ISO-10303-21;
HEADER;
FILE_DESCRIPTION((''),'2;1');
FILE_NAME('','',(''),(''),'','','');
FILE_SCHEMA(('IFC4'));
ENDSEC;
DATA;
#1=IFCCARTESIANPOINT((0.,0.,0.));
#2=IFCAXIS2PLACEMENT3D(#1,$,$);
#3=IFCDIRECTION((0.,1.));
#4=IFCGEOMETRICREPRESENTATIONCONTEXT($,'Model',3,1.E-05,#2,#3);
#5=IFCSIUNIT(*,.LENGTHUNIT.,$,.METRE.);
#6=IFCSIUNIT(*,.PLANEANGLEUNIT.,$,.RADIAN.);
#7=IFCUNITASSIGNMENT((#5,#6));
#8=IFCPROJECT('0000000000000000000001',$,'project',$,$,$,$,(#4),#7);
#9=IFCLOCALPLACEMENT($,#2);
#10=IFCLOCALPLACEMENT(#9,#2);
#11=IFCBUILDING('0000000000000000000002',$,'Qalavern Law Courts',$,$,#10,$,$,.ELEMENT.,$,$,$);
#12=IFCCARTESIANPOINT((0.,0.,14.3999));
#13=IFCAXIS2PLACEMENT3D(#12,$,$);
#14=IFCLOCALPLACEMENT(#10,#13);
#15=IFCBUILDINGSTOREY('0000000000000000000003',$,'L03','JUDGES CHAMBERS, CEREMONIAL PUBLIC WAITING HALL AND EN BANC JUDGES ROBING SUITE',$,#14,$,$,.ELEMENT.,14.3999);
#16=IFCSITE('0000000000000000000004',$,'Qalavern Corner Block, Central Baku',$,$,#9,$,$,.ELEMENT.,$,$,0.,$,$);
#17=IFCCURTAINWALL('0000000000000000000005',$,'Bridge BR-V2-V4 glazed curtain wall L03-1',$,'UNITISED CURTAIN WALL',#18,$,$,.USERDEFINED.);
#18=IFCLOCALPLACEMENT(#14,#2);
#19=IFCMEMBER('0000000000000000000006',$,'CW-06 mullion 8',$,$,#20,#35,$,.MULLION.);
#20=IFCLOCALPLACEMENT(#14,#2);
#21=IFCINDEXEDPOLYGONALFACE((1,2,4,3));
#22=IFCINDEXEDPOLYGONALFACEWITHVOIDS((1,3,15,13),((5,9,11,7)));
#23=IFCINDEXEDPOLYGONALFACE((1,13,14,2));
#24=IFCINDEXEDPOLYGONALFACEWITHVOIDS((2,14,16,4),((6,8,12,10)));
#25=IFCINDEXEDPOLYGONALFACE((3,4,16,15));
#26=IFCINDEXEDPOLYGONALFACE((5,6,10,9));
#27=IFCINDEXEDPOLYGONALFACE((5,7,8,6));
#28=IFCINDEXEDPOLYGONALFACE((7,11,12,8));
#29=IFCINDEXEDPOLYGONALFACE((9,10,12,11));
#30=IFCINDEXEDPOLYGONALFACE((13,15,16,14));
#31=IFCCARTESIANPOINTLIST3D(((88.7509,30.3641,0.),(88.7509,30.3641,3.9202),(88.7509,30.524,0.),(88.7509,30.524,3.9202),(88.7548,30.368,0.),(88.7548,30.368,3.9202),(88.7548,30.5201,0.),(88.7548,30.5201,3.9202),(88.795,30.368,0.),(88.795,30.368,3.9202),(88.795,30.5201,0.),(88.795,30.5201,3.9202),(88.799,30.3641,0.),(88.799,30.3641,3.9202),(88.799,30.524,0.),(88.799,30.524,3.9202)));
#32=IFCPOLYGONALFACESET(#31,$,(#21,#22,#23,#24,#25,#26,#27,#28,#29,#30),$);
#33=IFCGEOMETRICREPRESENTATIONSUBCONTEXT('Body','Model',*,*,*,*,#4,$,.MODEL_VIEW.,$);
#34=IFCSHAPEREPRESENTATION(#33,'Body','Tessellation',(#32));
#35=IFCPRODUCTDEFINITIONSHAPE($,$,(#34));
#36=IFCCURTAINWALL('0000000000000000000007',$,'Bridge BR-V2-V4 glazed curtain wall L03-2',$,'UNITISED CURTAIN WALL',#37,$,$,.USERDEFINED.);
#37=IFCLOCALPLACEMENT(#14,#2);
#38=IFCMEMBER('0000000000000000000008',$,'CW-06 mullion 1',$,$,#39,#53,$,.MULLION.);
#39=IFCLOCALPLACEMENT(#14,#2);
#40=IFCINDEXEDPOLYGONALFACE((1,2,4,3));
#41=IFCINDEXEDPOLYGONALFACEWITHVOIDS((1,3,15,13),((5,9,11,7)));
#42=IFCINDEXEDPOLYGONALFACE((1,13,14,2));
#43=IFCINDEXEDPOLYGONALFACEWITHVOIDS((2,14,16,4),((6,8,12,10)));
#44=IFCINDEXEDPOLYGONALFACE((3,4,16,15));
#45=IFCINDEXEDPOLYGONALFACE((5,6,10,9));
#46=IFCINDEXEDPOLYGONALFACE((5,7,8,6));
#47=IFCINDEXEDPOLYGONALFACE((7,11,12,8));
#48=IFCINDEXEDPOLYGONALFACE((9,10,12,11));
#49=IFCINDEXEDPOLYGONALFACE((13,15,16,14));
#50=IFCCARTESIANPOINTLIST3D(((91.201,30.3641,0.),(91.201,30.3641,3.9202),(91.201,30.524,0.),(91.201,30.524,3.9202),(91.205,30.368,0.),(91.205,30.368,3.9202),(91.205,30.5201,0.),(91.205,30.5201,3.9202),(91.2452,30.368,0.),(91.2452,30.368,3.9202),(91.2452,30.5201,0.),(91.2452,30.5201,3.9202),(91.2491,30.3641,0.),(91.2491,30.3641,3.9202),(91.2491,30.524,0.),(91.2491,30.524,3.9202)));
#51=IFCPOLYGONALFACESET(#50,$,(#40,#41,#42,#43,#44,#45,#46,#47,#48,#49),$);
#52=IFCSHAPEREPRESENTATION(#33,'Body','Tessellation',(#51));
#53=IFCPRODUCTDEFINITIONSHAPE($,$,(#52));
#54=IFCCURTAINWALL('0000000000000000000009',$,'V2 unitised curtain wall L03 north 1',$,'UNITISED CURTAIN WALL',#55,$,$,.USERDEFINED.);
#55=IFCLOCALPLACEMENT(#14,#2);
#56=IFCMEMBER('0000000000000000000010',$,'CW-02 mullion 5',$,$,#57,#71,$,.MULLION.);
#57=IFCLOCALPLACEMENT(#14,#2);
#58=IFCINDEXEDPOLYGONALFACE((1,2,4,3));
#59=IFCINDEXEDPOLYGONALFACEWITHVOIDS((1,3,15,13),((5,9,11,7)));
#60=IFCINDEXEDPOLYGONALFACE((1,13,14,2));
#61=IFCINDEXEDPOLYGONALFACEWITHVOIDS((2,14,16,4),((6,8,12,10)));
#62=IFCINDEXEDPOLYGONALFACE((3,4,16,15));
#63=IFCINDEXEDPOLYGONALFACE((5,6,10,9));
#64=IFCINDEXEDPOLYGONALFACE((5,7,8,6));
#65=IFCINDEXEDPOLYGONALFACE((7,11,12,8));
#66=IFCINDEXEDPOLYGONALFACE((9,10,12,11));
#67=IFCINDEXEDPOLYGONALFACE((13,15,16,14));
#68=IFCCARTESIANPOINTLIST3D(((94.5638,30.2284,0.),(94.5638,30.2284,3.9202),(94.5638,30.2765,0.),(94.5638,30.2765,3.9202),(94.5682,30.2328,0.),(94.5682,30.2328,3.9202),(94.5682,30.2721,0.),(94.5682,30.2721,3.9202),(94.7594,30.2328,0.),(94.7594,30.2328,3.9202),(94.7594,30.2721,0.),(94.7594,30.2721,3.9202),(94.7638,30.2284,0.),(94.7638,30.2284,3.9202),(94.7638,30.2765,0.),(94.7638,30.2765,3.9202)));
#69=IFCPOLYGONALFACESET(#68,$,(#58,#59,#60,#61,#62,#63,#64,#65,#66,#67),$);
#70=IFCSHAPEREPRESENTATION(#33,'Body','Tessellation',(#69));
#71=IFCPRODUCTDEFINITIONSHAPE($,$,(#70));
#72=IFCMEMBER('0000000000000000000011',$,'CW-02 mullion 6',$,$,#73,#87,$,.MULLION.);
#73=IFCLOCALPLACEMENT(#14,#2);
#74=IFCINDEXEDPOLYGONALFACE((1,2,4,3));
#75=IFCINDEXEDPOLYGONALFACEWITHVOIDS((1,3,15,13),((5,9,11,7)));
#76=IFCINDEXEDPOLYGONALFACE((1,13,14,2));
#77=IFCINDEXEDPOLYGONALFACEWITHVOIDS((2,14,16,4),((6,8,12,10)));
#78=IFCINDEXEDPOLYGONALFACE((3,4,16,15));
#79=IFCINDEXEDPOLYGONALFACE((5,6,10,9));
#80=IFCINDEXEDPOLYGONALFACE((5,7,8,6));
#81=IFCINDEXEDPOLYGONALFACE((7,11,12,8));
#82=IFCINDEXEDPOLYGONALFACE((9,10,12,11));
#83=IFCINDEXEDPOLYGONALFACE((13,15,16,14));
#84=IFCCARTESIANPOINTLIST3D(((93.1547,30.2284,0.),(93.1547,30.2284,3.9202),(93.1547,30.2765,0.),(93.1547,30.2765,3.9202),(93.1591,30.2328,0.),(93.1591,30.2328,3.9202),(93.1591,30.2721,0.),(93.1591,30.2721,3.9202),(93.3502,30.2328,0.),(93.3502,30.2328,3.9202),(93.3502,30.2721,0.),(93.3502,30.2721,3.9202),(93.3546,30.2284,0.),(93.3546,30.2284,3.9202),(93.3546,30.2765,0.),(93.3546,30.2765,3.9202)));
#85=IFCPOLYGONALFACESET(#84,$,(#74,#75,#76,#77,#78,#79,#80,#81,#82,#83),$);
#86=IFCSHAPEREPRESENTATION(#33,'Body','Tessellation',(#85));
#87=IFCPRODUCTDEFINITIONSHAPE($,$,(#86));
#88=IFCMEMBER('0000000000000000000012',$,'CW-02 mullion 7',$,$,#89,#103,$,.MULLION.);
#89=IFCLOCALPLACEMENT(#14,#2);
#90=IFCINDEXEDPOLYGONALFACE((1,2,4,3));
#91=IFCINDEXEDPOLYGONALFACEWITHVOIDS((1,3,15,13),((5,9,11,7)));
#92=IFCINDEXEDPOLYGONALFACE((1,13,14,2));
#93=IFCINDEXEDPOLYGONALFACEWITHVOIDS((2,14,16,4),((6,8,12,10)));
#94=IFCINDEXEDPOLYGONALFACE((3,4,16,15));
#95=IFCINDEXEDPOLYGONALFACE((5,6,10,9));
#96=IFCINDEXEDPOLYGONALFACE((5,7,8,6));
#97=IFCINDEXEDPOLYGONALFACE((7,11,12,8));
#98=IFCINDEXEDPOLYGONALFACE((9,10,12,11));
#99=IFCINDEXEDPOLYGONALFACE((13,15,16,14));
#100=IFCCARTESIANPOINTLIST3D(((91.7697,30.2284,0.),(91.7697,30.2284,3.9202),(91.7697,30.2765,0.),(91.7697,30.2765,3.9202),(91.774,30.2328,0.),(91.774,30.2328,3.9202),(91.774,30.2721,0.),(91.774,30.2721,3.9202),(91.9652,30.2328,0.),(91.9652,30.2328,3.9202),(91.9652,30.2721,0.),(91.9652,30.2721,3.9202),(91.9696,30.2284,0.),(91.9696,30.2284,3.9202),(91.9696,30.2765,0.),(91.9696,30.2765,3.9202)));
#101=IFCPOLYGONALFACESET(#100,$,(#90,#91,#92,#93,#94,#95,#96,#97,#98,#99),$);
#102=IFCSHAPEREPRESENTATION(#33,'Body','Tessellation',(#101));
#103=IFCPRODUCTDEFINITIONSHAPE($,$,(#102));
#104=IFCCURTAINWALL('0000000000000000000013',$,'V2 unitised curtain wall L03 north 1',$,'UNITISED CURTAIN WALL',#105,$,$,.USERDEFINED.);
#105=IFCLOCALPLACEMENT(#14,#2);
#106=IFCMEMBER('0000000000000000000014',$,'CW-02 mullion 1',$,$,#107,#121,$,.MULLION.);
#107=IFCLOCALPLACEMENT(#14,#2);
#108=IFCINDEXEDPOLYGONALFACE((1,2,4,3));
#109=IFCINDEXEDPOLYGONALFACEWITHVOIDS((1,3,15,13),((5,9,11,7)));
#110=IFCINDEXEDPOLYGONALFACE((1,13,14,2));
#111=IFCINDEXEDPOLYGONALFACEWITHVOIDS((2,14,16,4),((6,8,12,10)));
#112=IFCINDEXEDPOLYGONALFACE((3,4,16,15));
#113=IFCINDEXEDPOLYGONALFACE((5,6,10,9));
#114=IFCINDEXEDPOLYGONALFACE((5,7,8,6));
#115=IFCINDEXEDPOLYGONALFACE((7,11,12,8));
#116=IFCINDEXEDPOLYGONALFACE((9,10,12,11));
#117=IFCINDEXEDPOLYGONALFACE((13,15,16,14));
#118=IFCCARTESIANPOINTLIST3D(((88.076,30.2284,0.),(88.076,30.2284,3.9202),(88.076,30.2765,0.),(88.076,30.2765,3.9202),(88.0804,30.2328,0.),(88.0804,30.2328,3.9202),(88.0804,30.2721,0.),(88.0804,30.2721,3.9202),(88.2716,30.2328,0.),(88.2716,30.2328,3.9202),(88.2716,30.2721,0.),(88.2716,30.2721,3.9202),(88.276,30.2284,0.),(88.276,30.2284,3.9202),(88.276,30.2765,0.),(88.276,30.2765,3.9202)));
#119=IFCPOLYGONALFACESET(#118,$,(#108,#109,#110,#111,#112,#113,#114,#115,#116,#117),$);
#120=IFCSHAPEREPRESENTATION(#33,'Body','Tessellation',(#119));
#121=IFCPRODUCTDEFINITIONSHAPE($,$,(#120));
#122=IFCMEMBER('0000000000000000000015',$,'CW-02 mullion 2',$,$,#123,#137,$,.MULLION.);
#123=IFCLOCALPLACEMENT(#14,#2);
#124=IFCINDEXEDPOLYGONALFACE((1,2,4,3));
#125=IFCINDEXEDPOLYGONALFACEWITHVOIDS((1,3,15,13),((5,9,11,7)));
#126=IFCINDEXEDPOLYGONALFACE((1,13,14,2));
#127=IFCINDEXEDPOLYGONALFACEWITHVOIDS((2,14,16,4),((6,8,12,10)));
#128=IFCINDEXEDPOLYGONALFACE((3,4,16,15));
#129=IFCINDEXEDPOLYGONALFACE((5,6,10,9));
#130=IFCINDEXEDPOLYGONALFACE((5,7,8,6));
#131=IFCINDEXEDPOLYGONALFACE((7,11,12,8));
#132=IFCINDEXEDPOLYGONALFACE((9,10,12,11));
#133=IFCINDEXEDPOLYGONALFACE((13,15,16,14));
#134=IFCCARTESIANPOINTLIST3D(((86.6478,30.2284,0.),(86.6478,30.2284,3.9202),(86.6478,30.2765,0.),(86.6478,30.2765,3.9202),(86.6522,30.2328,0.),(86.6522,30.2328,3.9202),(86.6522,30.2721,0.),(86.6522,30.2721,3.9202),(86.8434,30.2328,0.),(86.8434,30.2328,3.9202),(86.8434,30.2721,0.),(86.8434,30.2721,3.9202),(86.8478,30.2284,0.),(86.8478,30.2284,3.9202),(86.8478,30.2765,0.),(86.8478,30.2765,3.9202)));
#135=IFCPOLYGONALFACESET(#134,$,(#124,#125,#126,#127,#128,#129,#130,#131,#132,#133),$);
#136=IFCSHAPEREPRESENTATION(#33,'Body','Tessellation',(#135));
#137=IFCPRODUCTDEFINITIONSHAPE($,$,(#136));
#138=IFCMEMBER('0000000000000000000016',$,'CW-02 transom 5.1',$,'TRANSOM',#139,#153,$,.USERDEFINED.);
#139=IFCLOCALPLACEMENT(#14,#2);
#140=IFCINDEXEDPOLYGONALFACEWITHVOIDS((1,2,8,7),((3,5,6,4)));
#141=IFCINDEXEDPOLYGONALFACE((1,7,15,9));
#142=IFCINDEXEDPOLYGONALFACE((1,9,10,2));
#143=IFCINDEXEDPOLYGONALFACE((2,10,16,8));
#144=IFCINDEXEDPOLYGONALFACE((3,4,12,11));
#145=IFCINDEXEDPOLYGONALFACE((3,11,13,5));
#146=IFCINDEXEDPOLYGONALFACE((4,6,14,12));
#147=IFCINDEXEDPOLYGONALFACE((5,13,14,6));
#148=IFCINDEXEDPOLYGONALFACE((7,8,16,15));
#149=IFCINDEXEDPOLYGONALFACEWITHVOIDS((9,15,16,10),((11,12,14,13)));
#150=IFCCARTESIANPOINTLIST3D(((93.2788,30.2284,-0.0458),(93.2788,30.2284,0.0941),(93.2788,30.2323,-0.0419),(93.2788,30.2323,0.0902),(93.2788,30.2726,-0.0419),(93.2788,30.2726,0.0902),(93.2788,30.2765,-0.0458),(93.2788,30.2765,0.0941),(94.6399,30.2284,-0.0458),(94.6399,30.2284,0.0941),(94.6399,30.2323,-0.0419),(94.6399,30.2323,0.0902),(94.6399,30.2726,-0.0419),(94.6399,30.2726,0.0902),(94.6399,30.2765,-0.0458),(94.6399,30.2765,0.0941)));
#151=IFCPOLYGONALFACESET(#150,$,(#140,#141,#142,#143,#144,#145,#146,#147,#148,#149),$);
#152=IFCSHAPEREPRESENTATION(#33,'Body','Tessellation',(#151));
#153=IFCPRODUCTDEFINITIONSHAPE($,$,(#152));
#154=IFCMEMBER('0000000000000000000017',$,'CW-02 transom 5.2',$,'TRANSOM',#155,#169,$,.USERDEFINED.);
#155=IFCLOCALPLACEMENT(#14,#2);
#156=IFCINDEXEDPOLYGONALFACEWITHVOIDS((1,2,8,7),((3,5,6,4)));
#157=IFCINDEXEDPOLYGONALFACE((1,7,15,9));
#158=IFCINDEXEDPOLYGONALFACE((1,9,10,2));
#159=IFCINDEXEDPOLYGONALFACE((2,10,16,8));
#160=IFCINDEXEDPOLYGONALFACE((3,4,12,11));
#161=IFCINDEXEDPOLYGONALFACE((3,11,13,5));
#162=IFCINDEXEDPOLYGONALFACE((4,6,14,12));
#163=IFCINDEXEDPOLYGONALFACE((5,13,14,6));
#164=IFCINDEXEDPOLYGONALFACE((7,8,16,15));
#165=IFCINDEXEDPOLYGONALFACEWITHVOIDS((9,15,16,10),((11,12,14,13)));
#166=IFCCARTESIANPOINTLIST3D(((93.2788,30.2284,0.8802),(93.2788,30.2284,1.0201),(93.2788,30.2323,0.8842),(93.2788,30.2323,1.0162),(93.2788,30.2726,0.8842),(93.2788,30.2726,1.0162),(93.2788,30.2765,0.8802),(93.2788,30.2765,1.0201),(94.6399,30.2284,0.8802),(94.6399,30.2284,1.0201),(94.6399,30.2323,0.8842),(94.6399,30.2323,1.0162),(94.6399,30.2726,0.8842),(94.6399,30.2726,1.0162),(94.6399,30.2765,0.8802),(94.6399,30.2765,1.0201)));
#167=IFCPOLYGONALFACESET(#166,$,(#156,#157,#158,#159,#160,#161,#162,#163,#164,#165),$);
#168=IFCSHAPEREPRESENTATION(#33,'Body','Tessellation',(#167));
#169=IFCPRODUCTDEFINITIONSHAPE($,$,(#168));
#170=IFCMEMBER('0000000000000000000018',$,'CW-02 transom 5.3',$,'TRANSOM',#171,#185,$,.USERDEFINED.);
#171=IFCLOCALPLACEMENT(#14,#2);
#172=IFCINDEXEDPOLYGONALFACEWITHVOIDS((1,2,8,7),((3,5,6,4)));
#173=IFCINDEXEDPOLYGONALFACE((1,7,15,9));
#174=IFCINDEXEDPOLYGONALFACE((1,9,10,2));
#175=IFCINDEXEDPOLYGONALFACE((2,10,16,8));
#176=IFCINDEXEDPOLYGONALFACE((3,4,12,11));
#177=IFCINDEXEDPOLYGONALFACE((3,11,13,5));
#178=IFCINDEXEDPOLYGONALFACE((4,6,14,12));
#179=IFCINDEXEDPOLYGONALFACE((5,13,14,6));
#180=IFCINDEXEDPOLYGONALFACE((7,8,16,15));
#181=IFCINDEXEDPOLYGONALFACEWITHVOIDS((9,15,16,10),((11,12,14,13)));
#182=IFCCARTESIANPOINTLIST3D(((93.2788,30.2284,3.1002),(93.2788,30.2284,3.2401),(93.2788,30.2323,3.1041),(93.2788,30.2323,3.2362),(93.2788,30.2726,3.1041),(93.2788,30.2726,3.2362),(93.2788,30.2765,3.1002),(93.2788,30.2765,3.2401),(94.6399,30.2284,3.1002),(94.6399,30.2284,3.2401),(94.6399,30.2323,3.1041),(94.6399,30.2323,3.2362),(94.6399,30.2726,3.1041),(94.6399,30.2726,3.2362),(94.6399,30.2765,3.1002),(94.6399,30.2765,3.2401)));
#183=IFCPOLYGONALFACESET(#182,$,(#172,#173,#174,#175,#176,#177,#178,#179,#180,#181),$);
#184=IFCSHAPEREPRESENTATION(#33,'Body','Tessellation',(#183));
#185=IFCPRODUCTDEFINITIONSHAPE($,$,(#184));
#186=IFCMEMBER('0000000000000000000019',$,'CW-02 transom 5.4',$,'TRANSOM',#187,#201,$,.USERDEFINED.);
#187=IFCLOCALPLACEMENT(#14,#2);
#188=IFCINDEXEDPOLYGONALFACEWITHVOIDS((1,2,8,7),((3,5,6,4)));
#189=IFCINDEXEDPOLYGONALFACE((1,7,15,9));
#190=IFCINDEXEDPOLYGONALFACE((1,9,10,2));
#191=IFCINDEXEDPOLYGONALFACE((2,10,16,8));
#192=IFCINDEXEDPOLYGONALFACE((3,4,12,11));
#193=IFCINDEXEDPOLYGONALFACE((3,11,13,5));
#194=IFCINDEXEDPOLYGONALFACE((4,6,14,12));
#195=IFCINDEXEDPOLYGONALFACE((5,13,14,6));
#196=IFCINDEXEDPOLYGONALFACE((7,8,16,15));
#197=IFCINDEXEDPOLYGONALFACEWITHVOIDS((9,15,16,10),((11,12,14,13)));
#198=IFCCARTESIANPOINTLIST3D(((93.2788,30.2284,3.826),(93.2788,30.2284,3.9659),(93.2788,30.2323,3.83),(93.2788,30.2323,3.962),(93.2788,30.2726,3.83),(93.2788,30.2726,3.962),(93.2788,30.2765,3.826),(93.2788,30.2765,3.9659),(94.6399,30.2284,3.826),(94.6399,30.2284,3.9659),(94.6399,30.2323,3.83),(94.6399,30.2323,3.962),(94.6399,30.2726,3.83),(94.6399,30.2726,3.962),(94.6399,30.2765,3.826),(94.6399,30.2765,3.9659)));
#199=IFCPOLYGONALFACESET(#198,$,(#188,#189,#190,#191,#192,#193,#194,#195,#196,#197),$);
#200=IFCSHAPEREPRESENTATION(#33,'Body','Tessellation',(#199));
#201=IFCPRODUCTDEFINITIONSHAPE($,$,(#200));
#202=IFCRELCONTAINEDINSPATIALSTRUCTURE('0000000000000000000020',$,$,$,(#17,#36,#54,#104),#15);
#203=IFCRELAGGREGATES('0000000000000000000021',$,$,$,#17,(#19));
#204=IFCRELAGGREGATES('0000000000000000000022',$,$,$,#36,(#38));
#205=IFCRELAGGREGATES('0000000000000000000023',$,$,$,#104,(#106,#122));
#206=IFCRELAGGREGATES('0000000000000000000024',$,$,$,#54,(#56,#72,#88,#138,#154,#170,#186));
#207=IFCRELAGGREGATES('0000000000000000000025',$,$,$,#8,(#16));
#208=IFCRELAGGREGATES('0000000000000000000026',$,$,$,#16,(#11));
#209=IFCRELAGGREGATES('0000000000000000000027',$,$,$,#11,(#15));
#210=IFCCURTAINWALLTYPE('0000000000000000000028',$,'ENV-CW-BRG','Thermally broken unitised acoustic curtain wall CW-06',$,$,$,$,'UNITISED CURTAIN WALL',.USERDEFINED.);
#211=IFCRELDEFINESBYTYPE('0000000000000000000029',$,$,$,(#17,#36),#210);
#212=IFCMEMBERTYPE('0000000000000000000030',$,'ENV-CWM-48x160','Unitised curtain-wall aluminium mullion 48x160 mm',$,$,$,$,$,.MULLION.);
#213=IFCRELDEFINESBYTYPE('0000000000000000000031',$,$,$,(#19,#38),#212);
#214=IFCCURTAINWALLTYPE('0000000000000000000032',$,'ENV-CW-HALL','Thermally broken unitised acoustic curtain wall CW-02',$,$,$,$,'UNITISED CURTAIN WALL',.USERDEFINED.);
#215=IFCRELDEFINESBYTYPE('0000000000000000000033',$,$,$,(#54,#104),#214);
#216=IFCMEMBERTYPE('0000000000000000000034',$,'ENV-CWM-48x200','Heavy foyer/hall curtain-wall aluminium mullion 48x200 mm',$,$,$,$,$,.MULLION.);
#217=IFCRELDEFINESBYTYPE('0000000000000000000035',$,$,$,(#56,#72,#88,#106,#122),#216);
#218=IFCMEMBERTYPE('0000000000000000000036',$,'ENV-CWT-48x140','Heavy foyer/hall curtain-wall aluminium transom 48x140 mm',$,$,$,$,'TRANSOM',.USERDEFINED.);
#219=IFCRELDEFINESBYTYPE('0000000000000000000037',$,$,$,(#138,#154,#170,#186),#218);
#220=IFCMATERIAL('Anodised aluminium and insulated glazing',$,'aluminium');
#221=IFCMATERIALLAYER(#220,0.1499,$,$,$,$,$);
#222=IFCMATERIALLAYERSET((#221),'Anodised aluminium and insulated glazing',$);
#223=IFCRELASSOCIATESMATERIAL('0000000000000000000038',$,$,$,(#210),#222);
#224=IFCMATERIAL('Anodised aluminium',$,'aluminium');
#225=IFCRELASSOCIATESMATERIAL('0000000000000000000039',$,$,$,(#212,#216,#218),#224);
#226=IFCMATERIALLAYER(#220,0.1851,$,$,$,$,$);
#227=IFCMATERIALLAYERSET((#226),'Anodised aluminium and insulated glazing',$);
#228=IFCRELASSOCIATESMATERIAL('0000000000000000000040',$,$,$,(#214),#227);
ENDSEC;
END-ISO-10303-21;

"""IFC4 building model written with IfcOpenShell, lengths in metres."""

from ifc_helpers import new_model, si_unit, direction, frame, origin, origin_2d, place, context, subcontext, project, spatial, hollow_rectangle, extrude, material, layer, layer_set, material_profile, profile_set, type_object, element, aggregate, save


model = new_model("IFC4")

# Units and contexts
model_context = context("Model", 3, precision=1e-05, world=origin(), true_north=direction((0.0, 1.0)))
body_context = subcontext(model_context, "Body", "Model", "MODEL_VIEW")
ifc_project = project(units=[si_unit("LENGTHUNIT", "METRE"), si_unit("PLANEANGLEUNIT", "RADIAN")], contexts=[model_context])

# Site, building, storey
site_placement = place(None, origin())
site = spatial("IfcSite", under=ifc_project, at=site_placement, Name="Qalavern Corner Block, Central Baku", CompositionType="ELEMENT", RefElevation=0.0)
building_placement = place(site_placement, origin())
building = spatial("IfcBuilding", under=site, at=building_placement, Name="Qalavern Law Courts", CompositionType="ELEMENT")
storey_placement = place(building_placement, frame((0.0, 0.0, 14.3999)))
storey = spatial("IfcBuildingStorey", under=building, at=storey_placement, Name="L03", Description="JUDGES CHAMBERS, CEREMONIAL PUBLIC WAITING HALL AND EN BANC JUDGES ROBING SUITE", CompositionType="ELEMENT", Elevation=14.3999)

# Curtain walls, members
ifc_material_1 = material(Name="Anodised aluminium and insulated glazing", Category="aluminium")
ifc_layer_1 = layer(ifc_material_1, 0.1499)
ifc_layer_set_1 = layer_set([ifc_layer_1], Name="Anodised aluminium and insulated glazing")
curtain_wall_type_1 = type_object("IfcCurtainWallType", Name="ENV-CW-BRG", Description="Thermally broken unitised acoustic curtain wall CW-06", ElementType="UNITISED CURTAIN WALL", PredefinedType="USERDEFINED", material=ifc_layer_set_1)
curtain_wall_1_placement = place(storey_placement, origin())
curtain_wall_1 = element("IfcCurtainWall", 1, at=curtain_wall_1_placement, inside=storey, type_object=curtain_wall_type_1, Name="Bridge BR-V2-V4 glazed curtain wall L03-1", ObjectType="UNITISED CURTAIN WALL", PredefinedType="USERDEFINED")
ifc_material_2 = material(Name="Anodised aluminium", Category="aluminium")
ifc_material_profile_1 = material_profile(ifc_material_2, hollow_rectangle(XDim=0.0481, YDim=0.1599, WallThickness=0.0039, at=origin_2d()), Name="ALU MULLION 48x160")
ifc_profile_set_1 = profile_set([ifc_material_profile_1], Name="Anodised aluminium")
member_type_1 = type_object("IfcMemberType", Name="ENV-CWM-48x160", Description="Unitised curtain-wall aluminium mullion 48x160 mm", PredefinedType="MULLION", material=ifc_profile_set_1)
member_1_placement = place(storey_placement, frame((88.7749, 30.4441, 0.0), z_axis=(0.0, 0.0, 1.0), x_axis=(1.0, 0.0, 0.0)))
member_1 = element("IfcMember", 2, at=member_1_placement, type_object=member_type_1, Name="CW-06 mullion 8", PredefinedType="MULLION", context=body_context, shape_type="SweptSolid", body=[
    extrude(hollow_rectangle(XDim=0.0481, YDim=0.1599, WallThickness=0.0039, at=origin_2d()), origin(), (0.0, 0.0, 1.0), 3.9202),
])
aggregate(curtain_wall_1, [member_1])
curtain_wall_2_placement = place(storey_placement, origin())
curtain_wall_2 = element("IfcCurtainWall", 3, at=curtain_wall_2_placement, inside=storey, type_object=curtain_wall_type_1, Name="Bridge BR-V2-V4 glazed curtain wall L03-2", ObjectType="UNITISED CURTAIN WALL", PredefinedType="USERDEFINED")
member_2_placement = place(storey_placement, frame((91.2251, 30.4441, 0.0), z_axis=(0.0, 0.0, 1.0), x_axis=(-1.0, 0.0, 0.0)))
member_2 = element("IfcMember", 4, at=member_2_placement, type_object=member_type_1, Name="CW-06 mullion 1", PredefinedType="MULLION", context=body_context, shape_type="SweptSolid", body=[
    extrude(hollow_rectangle(XDim=0.0481, YDim=0.1599, WallThickness=0.0039, at=origin_2d()), origin(), (0.0, 0.0, 1.0), 3.9202),
])
aggregate(curtain_wall_2, [member_2])

# Curtain walls, members
ifc_layer_2 = layer(ifc_material_1, 0.1851)
ifc_layer_set_2 = layer_set([ifc_layer_2], Name="Anodised aluminium and insulated glazing")
curtain_wall_type_2 = type_object("IfcCurtainWallType", Name="ENV-CW-HALL", Description="Thermally broken unitised acoustic curtain wall CW-02", ElementType="UNITISED CURTAIN WALL", PredefinedType="USERDEFINED", material=ifc_layer_set_2)
curtain_wall_3_placement = place(storey_placement, origin())
curtain_wall_3 = element("IfcCurtainWall", 5, at=curtain_wall_3_placement, inside=storey, type_object=curtain_wall_type_2, Name="V2 unitised curtain wall L03 north 1", ObjectType="UNITISED CURTAIN WALL", PredefinedType="USERDEFINED")
ifc_material_profile_2 = material_profile(ifc_material_2, hollow_rectangle(XDim=0.0481, YDim=0.2, WallThickness=0.0044, at=origin_2d()), Name="ALU MULLION 48x200")
ifc_profile_set_2 = profile_set([ifc_material_profile_2], Name="Anodised aluminium")
member_type_2 = type_object("IfcMemberType", Name="ENV-CWM-48x200", Description="Heavy foyer/hall curtain-wall aluminium mullion 48x200 mm", PredefinedType="MULLION", material=ifc_profile_set_2)
member_3_placement = place(storey_placement, frame((94.6638, 30.2524, 0.0), z_axis=(0.0, 0.0, 1.0), x_axis=(0.0, -1.0, 0.0)))
member_3 = element("IfcMember", 6, at=member_3_placement, type_object=member_type_2, Name="CW-02 mullion 5", PredefinedType="MULLION", context=body_context, shape_type="SweptSolid", body=[
    extrude(hollow_rectangle(XDim=0.0481, YDim=0.2, WallThickness=0.0044, at=origin_2d()), origin(), (0.0, 0.0, 1.0), 3.9202),
])
member_4_placement = place(storey_placement, frame((93.2546, 30.2524, 0.0), z_axis=(0.0, 0.0, 1.0), x_axis=(0.0, -1.0, 0.0)))
member_4 = element("IfcMember", 7, at=member_4_placement, type_object=member_type_2, Name="CW-02 mullion 6", PredefinedType="MULLION", context=body_context, shape_type="SweptSolid", body=[
    extrude(hollow_rectangle(XDim=0.0481, YDim=0.2, WallThickness=0.0044, at=origin_2d()), origin(), (0.0, 0.0, 1.0), 3.9202),
])
member_5_placement = place(storey_placement, frame((91.8696, 30.2524, 0.0), z_axis=(0.0, 0.0, 1.0), x_axis=(0.0, -1.0, 0.0)))
member_5 = element("IfcMember", 8, at=member_5_placement, type_object=member_type_2, Name="CW-02 mullion 7", PredefinedType="MULLION", context=body_context, shape_type="SweptSolid", body=[
    extrude(hollow_rectangle(XDim=0.0481, YDim=0.2, WallThickness=0.0044, at=origin_2d()), origin(), (0.0, 0.0, 1.0), 3.9202),
])
curtain_wall_4_placement = place(storey_placement, origin())
curtain_wall_4 = element("IfcCurtainWall", 9, at=curtain_wall_4_placement, inside=storey, type_object=curtain_wall_type_2, Name="V2 unitised curtain wall L03 north 1", ObjectType="UNITISED CURTAIN WALL", PredefinedType="USERDEFINED")
member_6_placement = place(storey_placement, frame((88.176, 30.2524, 0.0), z_axis=(0.0, 0.0, 1.0), x_axis=(0.0, -1.0, 0.0)))
member_6 = element("IfcMember", 10, at=member_6_placement, type_object=member_type_2, Name="CW-02 mullion 1", PredefinedType="MULLION", context=body_context, shape_type="SweptSolid", body=[
    extrude(hollow_rectangle(XDim=0.0481, YDim=0.2, WallThickness=0.0044, at=origin_2d()), origin(), (0.0, 0.0, 1.0), 3.9202),
])
member_7_placement = place(storey_placement, frame((86.7478, 30.2524, 0.0), z_axis=(0.0, 0.0, 1.0), x_axis=(0.0, -1.0, 0.0)))
member_7 = element("IfcMember", 11, at=member_7_placement, type_object=member_type_2, Name="CW-02 mullion 2", PredefinedType="MULLION", context=body_context, shape_type="SweptSolid", body=[
    extrude(hollow_rectangle(XDim=0.0481, YDim=0.2, WallThickness=0.0044, at=origin_2d()), origin(), (0.0, 0.0, 1.0), 3.9202),
])

# Members
ifc_material_profile_3 = material_profile(ifc_material_2, hollow_rectangle(XDim=0.0481, YDim=0.1399, WallThickness=0.0039, at=origin_2d()), Name="ALU TRANSOM 48x140")
ifc_profile_set_3 = profile_set([ifc_material_profile_3], Name="Anodised aluminium")
member_type_3 = type_object("IfcMemberType", Name="ENV-CWT-48x140", Description="Heavy foyer/hall curtain-wall aluminium transom 48x140 mm", ElementType="TRANSOM", PredefinedType="USERDEFINED", material=ifc_profile_set_3)
member_8_placement = place(storey_placement, frame((94.6399, 30.2524, 0.0242), z_axis=(-1.0, 0.0, 0.0), x_axis=(0.0, -1.0, 0.0)))
member_8 = element("IfcMember", 12, at=member_8_placement, type_object=member_type_3, Name="CW-02 transom 5.1", ObjectType="TRANSOM", PredefinedType="USERDEFINED", context=body_context, shape_type="SweptSolid", body=[
    extrude(hollow_rectangle(XDim=0.0481, YDim=0.1399, WallThickness=0.0039, at=origin_2d()), origin(), (0.0, 0.0, 1.0), 1.3611),
])
member_9_placement = place(storey_placement, frame((94.6399, 30.2524, 0.9502), z_axis=(-1.0, 0.0, 0.0), x_axis=(0.0, -1.0, 0.0)))
member_9 = element("IfcMember", 13, at=member_9_placement, type_object=member_type_3, Name="CW-02 transom 5.2", ObjectType="TRANSOM", PredefinedType="USERDEFINED", context=body_context, shape_type="SweptSolid", body=[
    extrude(hollow_rectangle(XDim=0.0481, YDim=0.1399, WallThickness=0.0039, at=origin_2d()), origin(), (0.0, 0.0, 1.0), 1.3611),
])
member_10_placement = place(storey_placement, frame((94.6399, 30.2524, 3.1702), z_axis=(-1.0, 0.0, 0.0), x_axis=(0.0, -1.0, 0.0)))
member_10 = element("IfcMember", 14, at=member_10_placement, type_object=member_type_3, Name="CW-02 transom 5.3", ObjectType="TRANSOM", PredefinedType="USERDEFINED", context=body_context, shape_type="SweptSolid", body=[
    extrude(hollow_rectangle(XDim=0.0481, YDim=0.1399, WallThickness=0.0039, at=origin_2d()), origin(), (0.0, 0.0, 1.0), 1.3611),
])
member_11_placement = place(storey_placement, frame((94.6399, 30.2524, 3.896), z_axis=(-1.0, 0.0, 0.0), x_axis=(0.0, -1.0, 0.0)))
member_11 = element("IfcMember", 15, at=member_11_placement, type_object=member_type_3, Name="CW-02 transom 5.4", ObjectType="TRANSOM", PredefinedType="USERDEFINED", context=body_context, shape_type="SweptSolid", body=[
    extrude(hollow_rectangle(XDim=0.0481, YDim=0.1399, WallThickness=0.0039, at=origin_2d()), origin(), (0.0, 0.0, 1.0), 1.3611),
])

aggregate(curtain_wall_4, [member_6, member_7])
aggregate(curtain_wall_3, [member_3, member_4, member_5, member_8, member_9, member_10, member_11])

save(model, "model.ifc")
